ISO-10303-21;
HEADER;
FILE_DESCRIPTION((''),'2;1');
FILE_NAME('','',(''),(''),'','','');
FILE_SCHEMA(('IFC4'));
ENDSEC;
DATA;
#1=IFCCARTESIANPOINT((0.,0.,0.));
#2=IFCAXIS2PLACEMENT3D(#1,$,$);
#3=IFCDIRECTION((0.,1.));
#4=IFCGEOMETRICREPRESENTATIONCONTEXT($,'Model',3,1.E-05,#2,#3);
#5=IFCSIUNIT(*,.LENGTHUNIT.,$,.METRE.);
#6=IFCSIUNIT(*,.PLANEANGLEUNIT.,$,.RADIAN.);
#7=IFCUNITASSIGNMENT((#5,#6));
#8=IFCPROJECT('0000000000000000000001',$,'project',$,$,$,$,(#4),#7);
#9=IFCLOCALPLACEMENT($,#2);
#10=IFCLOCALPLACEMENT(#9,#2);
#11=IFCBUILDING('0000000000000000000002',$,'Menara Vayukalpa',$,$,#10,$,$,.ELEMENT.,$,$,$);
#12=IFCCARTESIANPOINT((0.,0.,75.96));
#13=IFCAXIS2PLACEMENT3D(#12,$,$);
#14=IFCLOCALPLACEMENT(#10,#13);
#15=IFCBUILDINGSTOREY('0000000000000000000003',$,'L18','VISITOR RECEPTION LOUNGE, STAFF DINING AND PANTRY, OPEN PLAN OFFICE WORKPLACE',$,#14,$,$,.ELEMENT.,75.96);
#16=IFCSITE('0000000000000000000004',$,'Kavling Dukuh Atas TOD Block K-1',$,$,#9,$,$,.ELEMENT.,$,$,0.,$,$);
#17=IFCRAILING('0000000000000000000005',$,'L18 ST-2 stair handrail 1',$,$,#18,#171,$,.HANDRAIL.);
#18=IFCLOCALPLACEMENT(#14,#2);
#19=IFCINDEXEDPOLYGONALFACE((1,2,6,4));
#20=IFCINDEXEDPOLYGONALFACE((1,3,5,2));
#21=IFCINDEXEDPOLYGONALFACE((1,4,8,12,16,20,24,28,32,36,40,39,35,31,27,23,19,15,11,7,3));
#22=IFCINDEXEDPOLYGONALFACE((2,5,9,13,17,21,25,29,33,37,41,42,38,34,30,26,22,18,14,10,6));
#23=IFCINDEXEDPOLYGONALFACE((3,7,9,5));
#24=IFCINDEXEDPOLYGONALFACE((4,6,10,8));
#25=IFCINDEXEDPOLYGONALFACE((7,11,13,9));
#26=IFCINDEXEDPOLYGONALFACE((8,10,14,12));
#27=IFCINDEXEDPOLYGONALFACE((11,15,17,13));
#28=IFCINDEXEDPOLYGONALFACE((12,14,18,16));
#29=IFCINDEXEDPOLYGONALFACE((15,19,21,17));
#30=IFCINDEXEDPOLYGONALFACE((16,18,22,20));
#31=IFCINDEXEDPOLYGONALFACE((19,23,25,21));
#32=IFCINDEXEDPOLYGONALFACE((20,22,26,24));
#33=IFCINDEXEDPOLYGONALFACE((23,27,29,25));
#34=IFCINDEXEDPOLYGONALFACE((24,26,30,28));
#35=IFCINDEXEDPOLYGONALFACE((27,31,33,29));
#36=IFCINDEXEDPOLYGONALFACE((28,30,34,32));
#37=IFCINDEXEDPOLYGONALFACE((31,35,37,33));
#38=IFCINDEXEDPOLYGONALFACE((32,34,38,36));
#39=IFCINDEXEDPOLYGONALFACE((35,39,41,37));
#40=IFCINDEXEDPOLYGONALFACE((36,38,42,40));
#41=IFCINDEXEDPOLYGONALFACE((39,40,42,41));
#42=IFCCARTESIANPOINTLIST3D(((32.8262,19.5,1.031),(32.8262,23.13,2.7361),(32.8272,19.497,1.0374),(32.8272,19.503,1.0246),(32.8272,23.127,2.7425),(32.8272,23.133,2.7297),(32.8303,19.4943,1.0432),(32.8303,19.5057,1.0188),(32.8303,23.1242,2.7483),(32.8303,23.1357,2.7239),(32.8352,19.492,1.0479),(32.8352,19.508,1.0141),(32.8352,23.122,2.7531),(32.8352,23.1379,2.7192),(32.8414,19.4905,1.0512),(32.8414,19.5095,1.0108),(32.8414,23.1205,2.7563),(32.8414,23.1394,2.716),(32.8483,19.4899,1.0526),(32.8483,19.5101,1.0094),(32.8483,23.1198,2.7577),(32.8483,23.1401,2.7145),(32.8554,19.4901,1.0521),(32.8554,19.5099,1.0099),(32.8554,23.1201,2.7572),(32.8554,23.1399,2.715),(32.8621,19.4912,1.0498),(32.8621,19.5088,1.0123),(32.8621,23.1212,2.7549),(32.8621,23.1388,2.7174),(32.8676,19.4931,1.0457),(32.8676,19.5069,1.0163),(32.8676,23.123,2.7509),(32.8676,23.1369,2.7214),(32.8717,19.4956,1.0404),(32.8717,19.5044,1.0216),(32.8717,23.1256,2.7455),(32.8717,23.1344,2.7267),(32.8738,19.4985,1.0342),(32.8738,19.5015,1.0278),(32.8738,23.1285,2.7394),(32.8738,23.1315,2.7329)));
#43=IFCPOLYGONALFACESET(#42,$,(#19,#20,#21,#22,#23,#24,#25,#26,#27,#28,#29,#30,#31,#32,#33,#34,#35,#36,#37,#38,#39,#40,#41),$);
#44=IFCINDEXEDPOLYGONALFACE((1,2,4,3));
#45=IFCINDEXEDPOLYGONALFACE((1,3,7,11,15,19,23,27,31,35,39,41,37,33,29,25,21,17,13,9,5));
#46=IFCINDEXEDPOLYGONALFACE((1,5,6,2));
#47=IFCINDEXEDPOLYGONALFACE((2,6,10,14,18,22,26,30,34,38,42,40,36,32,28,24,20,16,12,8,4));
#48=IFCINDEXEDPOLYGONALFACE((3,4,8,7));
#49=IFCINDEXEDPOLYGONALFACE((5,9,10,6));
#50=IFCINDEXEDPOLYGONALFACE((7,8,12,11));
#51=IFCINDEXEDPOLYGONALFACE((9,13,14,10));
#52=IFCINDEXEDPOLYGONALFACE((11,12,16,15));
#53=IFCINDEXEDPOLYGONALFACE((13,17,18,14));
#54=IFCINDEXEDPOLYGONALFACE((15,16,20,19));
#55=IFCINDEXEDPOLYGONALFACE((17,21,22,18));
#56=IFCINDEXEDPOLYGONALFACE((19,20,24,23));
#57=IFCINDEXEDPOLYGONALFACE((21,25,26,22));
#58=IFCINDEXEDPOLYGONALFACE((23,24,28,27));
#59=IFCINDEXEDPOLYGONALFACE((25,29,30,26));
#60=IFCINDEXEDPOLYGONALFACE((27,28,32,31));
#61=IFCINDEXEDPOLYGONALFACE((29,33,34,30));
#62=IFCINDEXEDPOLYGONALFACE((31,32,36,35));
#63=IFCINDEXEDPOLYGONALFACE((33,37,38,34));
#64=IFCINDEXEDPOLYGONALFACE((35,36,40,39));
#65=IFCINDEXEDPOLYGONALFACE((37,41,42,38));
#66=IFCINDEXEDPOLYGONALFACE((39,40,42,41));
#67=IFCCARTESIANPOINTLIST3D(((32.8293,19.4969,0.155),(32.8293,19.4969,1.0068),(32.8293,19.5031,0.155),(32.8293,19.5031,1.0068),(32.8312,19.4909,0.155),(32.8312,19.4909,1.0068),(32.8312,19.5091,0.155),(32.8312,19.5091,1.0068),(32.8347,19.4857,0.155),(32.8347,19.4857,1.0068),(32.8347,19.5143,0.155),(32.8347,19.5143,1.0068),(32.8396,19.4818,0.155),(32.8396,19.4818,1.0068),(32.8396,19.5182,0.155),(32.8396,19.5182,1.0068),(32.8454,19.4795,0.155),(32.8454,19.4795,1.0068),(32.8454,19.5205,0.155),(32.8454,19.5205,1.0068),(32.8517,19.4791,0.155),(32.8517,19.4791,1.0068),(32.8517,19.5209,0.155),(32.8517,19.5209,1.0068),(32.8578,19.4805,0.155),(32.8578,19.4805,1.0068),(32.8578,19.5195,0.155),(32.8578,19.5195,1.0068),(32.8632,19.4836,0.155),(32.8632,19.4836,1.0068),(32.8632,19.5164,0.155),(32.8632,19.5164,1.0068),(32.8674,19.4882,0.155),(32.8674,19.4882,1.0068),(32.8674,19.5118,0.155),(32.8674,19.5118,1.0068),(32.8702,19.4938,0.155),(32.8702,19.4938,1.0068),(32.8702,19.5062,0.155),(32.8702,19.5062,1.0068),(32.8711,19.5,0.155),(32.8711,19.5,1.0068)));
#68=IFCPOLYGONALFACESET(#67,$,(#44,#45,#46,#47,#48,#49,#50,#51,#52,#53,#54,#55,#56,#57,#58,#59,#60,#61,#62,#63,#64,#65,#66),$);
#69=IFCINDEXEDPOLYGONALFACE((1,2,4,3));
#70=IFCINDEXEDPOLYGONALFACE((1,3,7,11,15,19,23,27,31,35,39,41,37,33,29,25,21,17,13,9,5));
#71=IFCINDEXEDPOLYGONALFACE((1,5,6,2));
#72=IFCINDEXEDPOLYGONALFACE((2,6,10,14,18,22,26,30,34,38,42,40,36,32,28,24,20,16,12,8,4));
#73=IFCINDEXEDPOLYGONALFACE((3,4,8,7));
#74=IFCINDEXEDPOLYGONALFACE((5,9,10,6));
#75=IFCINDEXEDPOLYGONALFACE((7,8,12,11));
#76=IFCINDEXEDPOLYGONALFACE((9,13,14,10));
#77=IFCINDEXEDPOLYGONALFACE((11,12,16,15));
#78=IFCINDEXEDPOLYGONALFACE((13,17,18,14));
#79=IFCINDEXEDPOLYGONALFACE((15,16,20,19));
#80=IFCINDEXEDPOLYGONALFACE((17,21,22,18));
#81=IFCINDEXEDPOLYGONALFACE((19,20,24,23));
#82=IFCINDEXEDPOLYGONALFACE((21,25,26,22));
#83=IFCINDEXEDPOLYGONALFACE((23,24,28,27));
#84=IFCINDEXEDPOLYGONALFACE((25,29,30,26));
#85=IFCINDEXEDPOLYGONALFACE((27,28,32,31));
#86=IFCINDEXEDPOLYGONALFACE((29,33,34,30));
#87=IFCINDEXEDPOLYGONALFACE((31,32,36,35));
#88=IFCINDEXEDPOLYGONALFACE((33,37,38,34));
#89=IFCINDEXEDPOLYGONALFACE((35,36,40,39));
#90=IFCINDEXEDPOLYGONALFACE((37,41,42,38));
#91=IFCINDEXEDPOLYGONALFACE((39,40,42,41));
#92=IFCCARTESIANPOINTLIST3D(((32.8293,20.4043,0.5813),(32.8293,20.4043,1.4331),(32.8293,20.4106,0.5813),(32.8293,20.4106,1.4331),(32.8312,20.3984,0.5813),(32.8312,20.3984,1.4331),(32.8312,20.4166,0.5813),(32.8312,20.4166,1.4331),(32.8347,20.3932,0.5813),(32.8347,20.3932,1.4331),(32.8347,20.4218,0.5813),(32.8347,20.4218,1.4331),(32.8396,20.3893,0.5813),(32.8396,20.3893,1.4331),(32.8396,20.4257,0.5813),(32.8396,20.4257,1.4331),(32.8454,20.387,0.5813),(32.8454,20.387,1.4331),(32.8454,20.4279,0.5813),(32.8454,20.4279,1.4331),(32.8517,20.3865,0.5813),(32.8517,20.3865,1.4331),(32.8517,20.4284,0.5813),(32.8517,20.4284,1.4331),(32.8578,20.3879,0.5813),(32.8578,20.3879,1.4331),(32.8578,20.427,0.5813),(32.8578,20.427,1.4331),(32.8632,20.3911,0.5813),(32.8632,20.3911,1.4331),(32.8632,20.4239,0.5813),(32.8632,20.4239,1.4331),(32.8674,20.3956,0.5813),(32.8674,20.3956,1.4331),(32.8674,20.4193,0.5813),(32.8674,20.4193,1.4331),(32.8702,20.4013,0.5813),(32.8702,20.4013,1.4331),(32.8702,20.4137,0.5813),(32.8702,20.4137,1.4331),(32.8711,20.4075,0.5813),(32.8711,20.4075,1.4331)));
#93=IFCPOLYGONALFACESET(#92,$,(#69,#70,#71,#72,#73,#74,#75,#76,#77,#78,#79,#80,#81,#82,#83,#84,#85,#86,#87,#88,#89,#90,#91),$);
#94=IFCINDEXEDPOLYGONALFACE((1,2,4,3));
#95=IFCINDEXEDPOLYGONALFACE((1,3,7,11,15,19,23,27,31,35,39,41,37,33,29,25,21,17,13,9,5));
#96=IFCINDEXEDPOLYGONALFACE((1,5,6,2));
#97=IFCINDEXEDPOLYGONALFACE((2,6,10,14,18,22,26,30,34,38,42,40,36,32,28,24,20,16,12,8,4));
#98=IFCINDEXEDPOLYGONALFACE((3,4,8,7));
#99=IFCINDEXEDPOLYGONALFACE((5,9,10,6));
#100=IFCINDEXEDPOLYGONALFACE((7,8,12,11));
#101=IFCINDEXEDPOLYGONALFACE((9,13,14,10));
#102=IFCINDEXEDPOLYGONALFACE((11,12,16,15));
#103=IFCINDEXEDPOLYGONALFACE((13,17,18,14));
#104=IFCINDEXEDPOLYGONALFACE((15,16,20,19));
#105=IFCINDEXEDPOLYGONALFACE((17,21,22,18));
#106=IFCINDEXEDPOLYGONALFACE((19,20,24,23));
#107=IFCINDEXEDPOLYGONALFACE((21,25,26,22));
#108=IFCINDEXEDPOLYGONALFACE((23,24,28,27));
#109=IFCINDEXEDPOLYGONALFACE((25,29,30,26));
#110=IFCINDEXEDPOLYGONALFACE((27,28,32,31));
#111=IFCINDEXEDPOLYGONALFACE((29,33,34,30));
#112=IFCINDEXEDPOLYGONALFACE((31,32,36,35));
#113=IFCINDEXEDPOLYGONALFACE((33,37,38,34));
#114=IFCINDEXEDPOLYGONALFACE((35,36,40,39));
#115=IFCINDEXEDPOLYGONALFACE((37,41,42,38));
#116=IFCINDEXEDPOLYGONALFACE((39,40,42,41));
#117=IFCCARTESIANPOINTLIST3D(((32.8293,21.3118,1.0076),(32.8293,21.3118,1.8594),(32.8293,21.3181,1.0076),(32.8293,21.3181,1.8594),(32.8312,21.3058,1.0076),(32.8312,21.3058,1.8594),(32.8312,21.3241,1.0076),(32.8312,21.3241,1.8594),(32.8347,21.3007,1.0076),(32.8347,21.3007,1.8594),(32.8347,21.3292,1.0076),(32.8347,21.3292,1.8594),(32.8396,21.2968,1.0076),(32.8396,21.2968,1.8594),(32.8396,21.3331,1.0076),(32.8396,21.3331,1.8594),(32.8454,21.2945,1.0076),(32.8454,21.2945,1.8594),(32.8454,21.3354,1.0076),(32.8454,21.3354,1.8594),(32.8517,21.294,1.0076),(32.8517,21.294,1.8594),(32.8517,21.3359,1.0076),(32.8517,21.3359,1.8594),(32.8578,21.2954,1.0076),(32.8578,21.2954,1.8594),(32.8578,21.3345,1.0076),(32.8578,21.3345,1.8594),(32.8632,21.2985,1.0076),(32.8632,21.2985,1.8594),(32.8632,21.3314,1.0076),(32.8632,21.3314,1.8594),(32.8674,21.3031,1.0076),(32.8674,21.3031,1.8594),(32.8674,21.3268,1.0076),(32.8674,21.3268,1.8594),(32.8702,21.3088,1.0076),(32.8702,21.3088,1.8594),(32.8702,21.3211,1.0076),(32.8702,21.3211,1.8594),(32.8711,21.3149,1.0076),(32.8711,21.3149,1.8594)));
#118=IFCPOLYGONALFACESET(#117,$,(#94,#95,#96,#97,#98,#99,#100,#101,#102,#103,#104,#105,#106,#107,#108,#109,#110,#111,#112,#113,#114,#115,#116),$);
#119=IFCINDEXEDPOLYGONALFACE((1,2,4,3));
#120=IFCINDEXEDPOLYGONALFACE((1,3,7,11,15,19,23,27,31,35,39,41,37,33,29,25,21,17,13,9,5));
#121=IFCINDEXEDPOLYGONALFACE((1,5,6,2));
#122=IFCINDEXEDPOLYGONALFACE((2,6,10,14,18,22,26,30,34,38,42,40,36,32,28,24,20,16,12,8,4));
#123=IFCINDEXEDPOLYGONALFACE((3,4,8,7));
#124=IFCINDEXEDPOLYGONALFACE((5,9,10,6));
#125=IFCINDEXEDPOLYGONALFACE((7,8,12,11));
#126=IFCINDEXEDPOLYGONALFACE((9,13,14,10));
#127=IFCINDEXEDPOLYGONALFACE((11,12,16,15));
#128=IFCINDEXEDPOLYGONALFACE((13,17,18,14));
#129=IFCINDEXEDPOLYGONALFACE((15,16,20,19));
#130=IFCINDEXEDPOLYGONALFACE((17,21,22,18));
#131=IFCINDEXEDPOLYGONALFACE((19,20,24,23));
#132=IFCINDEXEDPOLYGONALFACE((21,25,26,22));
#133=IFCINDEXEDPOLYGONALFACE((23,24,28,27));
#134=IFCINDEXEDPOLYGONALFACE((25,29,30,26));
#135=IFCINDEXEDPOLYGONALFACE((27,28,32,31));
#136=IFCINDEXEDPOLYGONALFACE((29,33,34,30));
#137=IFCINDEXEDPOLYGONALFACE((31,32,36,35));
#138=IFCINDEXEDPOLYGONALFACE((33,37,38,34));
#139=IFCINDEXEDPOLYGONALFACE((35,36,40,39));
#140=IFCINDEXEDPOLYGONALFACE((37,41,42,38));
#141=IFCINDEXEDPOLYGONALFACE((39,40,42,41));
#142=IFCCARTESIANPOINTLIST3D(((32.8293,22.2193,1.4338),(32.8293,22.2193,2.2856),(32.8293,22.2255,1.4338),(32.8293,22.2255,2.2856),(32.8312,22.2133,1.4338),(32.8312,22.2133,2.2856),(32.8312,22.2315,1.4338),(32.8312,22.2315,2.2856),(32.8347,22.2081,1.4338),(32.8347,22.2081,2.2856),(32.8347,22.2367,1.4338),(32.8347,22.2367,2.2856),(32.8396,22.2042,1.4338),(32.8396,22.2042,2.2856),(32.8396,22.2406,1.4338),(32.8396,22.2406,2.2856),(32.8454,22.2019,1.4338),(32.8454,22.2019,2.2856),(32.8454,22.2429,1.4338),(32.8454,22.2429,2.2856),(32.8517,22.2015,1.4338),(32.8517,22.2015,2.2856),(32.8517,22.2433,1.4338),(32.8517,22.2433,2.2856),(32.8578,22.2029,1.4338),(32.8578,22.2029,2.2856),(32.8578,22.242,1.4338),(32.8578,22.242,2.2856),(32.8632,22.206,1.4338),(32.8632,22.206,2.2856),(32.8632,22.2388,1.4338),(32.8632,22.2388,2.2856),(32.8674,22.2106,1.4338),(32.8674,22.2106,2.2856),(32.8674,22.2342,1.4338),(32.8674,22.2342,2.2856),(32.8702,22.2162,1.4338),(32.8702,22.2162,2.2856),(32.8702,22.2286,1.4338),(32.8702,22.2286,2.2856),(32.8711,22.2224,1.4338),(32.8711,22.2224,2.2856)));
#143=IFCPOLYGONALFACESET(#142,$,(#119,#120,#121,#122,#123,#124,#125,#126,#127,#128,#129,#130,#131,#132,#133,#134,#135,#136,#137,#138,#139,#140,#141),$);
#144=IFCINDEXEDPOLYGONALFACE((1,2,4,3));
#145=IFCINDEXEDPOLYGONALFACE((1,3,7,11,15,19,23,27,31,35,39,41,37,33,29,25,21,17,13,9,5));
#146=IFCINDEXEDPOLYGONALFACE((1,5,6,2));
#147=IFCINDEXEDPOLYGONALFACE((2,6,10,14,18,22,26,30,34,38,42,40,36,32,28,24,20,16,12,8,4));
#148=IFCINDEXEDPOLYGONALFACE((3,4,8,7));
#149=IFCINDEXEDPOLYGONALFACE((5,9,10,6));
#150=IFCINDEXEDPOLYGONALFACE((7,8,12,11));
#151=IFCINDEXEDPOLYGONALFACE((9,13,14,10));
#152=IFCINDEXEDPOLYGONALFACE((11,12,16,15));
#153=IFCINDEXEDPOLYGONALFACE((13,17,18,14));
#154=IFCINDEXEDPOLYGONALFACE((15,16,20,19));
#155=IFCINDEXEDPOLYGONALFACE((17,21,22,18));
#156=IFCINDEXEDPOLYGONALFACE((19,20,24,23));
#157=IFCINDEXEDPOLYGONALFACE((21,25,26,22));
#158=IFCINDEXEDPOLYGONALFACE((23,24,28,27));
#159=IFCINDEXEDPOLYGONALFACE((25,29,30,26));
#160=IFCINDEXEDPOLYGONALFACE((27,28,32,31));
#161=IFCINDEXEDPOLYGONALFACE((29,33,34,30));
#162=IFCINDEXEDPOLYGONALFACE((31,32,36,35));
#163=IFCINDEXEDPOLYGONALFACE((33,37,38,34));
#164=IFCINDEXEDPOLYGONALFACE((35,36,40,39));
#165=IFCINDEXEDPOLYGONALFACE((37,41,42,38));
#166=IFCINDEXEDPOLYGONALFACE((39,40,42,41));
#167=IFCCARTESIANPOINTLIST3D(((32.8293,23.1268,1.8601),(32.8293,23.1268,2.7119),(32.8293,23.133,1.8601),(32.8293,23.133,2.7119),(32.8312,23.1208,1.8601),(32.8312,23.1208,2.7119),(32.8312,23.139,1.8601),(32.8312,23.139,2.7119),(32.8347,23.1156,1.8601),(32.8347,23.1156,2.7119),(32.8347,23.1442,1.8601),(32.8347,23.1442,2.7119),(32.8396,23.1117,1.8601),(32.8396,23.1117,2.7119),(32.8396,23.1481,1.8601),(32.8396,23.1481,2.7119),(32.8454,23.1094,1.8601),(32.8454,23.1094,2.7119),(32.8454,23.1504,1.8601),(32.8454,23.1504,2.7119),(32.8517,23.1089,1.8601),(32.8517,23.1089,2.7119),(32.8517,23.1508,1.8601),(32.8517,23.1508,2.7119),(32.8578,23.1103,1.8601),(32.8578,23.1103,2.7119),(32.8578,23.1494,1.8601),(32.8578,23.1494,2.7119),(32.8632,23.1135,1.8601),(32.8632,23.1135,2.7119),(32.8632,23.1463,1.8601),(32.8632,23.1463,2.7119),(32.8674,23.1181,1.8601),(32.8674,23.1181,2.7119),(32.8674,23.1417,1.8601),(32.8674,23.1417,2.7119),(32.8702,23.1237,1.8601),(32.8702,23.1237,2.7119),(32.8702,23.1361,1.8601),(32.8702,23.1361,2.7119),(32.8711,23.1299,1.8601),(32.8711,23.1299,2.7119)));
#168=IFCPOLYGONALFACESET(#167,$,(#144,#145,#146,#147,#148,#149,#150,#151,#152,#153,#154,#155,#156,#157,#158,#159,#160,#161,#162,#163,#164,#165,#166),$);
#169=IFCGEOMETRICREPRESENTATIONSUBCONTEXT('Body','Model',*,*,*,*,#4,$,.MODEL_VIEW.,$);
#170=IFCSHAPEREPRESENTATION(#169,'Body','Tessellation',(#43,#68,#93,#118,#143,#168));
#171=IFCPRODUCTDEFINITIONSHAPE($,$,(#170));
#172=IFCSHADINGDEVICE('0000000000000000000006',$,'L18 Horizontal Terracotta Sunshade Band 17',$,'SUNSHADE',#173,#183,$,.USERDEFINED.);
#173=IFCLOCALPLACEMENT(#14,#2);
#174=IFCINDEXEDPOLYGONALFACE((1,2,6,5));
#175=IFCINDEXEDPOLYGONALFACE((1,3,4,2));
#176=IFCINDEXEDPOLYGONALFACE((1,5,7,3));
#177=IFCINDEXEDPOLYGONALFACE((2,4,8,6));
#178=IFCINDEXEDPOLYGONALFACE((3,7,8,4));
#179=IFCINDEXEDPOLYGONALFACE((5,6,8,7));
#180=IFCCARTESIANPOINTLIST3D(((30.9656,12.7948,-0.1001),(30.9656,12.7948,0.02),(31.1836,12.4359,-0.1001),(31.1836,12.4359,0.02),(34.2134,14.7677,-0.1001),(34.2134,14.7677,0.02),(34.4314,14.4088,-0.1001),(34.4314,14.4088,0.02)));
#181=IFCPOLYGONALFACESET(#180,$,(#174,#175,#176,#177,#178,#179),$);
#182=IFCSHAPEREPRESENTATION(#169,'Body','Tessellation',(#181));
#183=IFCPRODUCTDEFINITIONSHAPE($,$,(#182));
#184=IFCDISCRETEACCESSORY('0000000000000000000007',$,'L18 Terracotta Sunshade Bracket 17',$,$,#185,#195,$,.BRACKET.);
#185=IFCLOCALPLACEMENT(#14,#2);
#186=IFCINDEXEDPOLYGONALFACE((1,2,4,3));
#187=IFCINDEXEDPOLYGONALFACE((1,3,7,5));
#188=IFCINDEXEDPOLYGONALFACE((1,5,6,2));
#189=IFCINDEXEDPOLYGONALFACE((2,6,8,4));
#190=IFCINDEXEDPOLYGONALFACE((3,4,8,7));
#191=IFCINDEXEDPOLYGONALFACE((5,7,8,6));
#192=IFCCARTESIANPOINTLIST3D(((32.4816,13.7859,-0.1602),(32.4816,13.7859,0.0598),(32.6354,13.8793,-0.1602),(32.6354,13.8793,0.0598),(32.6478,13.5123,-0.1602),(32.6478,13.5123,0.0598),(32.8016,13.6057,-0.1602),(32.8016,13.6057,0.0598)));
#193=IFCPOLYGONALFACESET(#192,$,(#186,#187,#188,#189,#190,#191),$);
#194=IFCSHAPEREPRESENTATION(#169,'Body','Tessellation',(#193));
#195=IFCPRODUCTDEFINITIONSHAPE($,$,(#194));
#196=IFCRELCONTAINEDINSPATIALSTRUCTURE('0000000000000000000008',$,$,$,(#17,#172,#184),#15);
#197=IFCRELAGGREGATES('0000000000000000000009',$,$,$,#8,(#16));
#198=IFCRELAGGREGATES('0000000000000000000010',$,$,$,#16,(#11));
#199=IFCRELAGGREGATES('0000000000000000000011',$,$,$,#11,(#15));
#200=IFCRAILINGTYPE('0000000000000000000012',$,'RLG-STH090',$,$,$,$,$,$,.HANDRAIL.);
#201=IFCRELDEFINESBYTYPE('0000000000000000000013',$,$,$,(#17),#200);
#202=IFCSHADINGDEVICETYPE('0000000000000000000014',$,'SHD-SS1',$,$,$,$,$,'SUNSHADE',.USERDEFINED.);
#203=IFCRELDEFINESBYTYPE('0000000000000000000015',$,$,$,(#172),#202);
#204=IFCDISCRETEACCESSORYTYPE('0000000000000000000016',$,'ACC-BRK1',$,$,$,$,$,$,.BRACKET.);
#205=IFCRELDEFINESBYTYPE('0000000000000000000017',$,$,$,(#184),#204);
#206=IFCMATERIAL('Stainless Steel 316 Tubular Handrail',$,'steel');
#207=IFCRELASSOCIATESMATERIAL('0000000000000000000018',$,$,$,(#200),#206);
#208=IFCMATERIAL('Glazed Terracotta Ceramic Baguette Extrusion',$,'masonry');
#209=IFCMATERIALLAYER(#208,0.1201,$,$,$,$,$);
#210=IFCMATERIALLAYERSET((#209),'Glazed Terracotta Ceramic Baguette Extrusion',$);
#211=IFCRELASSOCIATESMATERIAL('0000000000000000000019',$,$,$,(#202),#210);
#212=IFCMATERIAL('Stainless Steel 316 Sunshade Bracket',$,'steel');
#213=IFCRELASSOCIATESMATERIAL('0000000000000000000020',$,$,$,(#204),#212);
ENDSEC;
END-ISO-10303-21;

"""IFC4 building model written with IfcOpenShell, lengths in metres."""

from ifc_helpers import new_model, si_unit, direction, frame, origin, origin_2d, place, context, subcontext, project, spatial, rectangle, circle, extrude, material, layer, layer_set, type_object, element, save


model = new_model("IFC4")

# Units and contexts
model_context = context("Model", 3, precision=1e-05, world=origin(), true_north=direction((0.0, 1.0)))
body_context = subcontext(model_context, "Body", "Model", "MODEL_VIEW")
ifc_project = project(units=[si_unit("LENGTHUNIT", "METRE"), si_unit("PLANEANGLEUNIT", "RADIAN")], contexts=[model_context])

# Site, building, storey
site_placement = place(None, origin())
site = spatial("IfcSite", under=ifc_project, at=site_placement, Name="Kavling Dukuh Atas TOD Block K-1", CompositionType="ELEMENT", RefElevation=0.0)
building_placement = place(site_placement, origin())
building = spatial("IfcBuilding", under=site, at=building_placement, Name="Menara Vayukalpa", CompositionType="ELEMENT")
storey_placement = place(building_placement, frame((0.0, 0.0, 75.96)))
storey = spatial("IfcBuildingStorey", under=building, at=storey_placement, Name="L18", Description="VISITOR RECEPTION LOUNGE, STAFF DINING AND PANTRY, OPEN PLAN OFFICE WORKPLACE", CompositionType="ELEMENT", Elevation=75.96)

# Railing
ifc_material_1 = material(Name="Stainless Steel 316 Tubular Handrail", Category="steel")
railing_type_1 = type_object("IfcRailingType", Name="RLG-STH090", PredefinedType="HANDRAIL", material=ifc_material_1)
railing_1_placement = place(storey_placement, frame((32.8501, 19.5, 0.155)))
element("IfcRailing", 1, at=railing_1_placement, inside=storey, type_object=railing_type_1, Name="L18 ST-2 stair handrail 1", PredefinedType="HANDRAIL", context=body_context, shape_type="SweptSolid", body=[
    extrude(circle(Radius=0.0239, at=origin_2d()), frame((0.0, 0.0, 0.876), z_axis=(0.0, 0.905116, 0.425164), x_axis=(-1.0, 0.0, 0.0)), (0.0, 0.0, 1.0), 4.0105),
    extrude(circle(Radius=0.021, at=origin_2d()), origin(), (0.0, 0.0, 1.0), 0.8518),
    extrude(circle(Radius=0.021, at=origin_2d()), frame((0.0, 0.9075, 0.4263)), (0.0, 0.0, 1.0), 0.8518),
    extrude(circle(Radius=0.021, at=origin_2d()), frame((0.0, 1.8149, 0.8525)), (0.0, 0.0, 1.0), 0.8518),
    extrude(circle(Radius=0.021, at=origin_2d()), frame((0.0, 2.7224, 1.2788)), (0.0, 0.0, 1.0), 0.8518),
    extrude(circle(Radius=0.021, at=origin_2d()), frame((0.0, 3.6299, 1.7051)), (0.0, 0.0, 1.0), 0.8518),
])

# Shading device
ifc_material_2 = material(Name="Glazed Terracotta Ceramic Baguette Extrusion", Category="masonry")
ifc_layer_1 = layer(ifc_material_2, 0.1201)
ifc_layer_set_1 = layer_set([ifc_layer_1], Name="Glazed Terracotta Ceramic Baguette Extrusion")
shading_device_type = type_object("IfcShadingDeviceType", Name="SHD-SS1", ElementType="SUNSHADE", PredefinedType="USERDEFINED", material=ifc_layer_set_1)
shading_device_placement = place(storey_placement, frame((32.6985, 13.6018, -0.1001), z_axis=(0.0, 0.0, 1.0), x_axis=(0.854667, 0.519176, 0.0)))
element("IfcShadingDevice", 2, at=shading_device_placement, inside=storey, type_object=shading_device_type, Name="L18 Horizontal Terracotta Sunshade Band 17", ObjectType="SUNSHADE", PredefinedType="USERDEFINED", context=body_context, shape_type="SweptSolid", body=[
    extrude(rectangle(XDim=3.8, YDim=0.4199, at=origin_2d()), origin(), (0.0, 0.0, 1.0), 0.1201),
])

# Discrete accessory
ifc_material_3 = material(Name="Stainless Steel 316 Sunshade Bracket", Category="steel")
discrete_accessory_type = type_object("IfcDiscreteAccessoryType", Name="ACC-BRK1", PredefinedType="BRACKET", material=ifc_material_3)
discrete_accessory_placement = place(storey_placement, frame((32.6416, 13.6958, -0.1602), z_axis=(0.0, 0.0, 1.0), x_axis=(0.854667, 0.519176, 0.0)))
element("IfcDiscreteAccessory", 3, at=discrete_accessory_placement, inside=storey, type_object=discrete_accessory_type, Name="L18 Terracotta Sunshade Bracket 17", PredefinedType="BRACKET", context=body_context, shape_type="SweptSolid", body=[
    extrude(rectangle(XDim=0.1799, YDim=0.3201, at=origin_2d()), origin(), (0.0, 0.0, 1.0), 0.22),
])

save(model, "model.ifc")
